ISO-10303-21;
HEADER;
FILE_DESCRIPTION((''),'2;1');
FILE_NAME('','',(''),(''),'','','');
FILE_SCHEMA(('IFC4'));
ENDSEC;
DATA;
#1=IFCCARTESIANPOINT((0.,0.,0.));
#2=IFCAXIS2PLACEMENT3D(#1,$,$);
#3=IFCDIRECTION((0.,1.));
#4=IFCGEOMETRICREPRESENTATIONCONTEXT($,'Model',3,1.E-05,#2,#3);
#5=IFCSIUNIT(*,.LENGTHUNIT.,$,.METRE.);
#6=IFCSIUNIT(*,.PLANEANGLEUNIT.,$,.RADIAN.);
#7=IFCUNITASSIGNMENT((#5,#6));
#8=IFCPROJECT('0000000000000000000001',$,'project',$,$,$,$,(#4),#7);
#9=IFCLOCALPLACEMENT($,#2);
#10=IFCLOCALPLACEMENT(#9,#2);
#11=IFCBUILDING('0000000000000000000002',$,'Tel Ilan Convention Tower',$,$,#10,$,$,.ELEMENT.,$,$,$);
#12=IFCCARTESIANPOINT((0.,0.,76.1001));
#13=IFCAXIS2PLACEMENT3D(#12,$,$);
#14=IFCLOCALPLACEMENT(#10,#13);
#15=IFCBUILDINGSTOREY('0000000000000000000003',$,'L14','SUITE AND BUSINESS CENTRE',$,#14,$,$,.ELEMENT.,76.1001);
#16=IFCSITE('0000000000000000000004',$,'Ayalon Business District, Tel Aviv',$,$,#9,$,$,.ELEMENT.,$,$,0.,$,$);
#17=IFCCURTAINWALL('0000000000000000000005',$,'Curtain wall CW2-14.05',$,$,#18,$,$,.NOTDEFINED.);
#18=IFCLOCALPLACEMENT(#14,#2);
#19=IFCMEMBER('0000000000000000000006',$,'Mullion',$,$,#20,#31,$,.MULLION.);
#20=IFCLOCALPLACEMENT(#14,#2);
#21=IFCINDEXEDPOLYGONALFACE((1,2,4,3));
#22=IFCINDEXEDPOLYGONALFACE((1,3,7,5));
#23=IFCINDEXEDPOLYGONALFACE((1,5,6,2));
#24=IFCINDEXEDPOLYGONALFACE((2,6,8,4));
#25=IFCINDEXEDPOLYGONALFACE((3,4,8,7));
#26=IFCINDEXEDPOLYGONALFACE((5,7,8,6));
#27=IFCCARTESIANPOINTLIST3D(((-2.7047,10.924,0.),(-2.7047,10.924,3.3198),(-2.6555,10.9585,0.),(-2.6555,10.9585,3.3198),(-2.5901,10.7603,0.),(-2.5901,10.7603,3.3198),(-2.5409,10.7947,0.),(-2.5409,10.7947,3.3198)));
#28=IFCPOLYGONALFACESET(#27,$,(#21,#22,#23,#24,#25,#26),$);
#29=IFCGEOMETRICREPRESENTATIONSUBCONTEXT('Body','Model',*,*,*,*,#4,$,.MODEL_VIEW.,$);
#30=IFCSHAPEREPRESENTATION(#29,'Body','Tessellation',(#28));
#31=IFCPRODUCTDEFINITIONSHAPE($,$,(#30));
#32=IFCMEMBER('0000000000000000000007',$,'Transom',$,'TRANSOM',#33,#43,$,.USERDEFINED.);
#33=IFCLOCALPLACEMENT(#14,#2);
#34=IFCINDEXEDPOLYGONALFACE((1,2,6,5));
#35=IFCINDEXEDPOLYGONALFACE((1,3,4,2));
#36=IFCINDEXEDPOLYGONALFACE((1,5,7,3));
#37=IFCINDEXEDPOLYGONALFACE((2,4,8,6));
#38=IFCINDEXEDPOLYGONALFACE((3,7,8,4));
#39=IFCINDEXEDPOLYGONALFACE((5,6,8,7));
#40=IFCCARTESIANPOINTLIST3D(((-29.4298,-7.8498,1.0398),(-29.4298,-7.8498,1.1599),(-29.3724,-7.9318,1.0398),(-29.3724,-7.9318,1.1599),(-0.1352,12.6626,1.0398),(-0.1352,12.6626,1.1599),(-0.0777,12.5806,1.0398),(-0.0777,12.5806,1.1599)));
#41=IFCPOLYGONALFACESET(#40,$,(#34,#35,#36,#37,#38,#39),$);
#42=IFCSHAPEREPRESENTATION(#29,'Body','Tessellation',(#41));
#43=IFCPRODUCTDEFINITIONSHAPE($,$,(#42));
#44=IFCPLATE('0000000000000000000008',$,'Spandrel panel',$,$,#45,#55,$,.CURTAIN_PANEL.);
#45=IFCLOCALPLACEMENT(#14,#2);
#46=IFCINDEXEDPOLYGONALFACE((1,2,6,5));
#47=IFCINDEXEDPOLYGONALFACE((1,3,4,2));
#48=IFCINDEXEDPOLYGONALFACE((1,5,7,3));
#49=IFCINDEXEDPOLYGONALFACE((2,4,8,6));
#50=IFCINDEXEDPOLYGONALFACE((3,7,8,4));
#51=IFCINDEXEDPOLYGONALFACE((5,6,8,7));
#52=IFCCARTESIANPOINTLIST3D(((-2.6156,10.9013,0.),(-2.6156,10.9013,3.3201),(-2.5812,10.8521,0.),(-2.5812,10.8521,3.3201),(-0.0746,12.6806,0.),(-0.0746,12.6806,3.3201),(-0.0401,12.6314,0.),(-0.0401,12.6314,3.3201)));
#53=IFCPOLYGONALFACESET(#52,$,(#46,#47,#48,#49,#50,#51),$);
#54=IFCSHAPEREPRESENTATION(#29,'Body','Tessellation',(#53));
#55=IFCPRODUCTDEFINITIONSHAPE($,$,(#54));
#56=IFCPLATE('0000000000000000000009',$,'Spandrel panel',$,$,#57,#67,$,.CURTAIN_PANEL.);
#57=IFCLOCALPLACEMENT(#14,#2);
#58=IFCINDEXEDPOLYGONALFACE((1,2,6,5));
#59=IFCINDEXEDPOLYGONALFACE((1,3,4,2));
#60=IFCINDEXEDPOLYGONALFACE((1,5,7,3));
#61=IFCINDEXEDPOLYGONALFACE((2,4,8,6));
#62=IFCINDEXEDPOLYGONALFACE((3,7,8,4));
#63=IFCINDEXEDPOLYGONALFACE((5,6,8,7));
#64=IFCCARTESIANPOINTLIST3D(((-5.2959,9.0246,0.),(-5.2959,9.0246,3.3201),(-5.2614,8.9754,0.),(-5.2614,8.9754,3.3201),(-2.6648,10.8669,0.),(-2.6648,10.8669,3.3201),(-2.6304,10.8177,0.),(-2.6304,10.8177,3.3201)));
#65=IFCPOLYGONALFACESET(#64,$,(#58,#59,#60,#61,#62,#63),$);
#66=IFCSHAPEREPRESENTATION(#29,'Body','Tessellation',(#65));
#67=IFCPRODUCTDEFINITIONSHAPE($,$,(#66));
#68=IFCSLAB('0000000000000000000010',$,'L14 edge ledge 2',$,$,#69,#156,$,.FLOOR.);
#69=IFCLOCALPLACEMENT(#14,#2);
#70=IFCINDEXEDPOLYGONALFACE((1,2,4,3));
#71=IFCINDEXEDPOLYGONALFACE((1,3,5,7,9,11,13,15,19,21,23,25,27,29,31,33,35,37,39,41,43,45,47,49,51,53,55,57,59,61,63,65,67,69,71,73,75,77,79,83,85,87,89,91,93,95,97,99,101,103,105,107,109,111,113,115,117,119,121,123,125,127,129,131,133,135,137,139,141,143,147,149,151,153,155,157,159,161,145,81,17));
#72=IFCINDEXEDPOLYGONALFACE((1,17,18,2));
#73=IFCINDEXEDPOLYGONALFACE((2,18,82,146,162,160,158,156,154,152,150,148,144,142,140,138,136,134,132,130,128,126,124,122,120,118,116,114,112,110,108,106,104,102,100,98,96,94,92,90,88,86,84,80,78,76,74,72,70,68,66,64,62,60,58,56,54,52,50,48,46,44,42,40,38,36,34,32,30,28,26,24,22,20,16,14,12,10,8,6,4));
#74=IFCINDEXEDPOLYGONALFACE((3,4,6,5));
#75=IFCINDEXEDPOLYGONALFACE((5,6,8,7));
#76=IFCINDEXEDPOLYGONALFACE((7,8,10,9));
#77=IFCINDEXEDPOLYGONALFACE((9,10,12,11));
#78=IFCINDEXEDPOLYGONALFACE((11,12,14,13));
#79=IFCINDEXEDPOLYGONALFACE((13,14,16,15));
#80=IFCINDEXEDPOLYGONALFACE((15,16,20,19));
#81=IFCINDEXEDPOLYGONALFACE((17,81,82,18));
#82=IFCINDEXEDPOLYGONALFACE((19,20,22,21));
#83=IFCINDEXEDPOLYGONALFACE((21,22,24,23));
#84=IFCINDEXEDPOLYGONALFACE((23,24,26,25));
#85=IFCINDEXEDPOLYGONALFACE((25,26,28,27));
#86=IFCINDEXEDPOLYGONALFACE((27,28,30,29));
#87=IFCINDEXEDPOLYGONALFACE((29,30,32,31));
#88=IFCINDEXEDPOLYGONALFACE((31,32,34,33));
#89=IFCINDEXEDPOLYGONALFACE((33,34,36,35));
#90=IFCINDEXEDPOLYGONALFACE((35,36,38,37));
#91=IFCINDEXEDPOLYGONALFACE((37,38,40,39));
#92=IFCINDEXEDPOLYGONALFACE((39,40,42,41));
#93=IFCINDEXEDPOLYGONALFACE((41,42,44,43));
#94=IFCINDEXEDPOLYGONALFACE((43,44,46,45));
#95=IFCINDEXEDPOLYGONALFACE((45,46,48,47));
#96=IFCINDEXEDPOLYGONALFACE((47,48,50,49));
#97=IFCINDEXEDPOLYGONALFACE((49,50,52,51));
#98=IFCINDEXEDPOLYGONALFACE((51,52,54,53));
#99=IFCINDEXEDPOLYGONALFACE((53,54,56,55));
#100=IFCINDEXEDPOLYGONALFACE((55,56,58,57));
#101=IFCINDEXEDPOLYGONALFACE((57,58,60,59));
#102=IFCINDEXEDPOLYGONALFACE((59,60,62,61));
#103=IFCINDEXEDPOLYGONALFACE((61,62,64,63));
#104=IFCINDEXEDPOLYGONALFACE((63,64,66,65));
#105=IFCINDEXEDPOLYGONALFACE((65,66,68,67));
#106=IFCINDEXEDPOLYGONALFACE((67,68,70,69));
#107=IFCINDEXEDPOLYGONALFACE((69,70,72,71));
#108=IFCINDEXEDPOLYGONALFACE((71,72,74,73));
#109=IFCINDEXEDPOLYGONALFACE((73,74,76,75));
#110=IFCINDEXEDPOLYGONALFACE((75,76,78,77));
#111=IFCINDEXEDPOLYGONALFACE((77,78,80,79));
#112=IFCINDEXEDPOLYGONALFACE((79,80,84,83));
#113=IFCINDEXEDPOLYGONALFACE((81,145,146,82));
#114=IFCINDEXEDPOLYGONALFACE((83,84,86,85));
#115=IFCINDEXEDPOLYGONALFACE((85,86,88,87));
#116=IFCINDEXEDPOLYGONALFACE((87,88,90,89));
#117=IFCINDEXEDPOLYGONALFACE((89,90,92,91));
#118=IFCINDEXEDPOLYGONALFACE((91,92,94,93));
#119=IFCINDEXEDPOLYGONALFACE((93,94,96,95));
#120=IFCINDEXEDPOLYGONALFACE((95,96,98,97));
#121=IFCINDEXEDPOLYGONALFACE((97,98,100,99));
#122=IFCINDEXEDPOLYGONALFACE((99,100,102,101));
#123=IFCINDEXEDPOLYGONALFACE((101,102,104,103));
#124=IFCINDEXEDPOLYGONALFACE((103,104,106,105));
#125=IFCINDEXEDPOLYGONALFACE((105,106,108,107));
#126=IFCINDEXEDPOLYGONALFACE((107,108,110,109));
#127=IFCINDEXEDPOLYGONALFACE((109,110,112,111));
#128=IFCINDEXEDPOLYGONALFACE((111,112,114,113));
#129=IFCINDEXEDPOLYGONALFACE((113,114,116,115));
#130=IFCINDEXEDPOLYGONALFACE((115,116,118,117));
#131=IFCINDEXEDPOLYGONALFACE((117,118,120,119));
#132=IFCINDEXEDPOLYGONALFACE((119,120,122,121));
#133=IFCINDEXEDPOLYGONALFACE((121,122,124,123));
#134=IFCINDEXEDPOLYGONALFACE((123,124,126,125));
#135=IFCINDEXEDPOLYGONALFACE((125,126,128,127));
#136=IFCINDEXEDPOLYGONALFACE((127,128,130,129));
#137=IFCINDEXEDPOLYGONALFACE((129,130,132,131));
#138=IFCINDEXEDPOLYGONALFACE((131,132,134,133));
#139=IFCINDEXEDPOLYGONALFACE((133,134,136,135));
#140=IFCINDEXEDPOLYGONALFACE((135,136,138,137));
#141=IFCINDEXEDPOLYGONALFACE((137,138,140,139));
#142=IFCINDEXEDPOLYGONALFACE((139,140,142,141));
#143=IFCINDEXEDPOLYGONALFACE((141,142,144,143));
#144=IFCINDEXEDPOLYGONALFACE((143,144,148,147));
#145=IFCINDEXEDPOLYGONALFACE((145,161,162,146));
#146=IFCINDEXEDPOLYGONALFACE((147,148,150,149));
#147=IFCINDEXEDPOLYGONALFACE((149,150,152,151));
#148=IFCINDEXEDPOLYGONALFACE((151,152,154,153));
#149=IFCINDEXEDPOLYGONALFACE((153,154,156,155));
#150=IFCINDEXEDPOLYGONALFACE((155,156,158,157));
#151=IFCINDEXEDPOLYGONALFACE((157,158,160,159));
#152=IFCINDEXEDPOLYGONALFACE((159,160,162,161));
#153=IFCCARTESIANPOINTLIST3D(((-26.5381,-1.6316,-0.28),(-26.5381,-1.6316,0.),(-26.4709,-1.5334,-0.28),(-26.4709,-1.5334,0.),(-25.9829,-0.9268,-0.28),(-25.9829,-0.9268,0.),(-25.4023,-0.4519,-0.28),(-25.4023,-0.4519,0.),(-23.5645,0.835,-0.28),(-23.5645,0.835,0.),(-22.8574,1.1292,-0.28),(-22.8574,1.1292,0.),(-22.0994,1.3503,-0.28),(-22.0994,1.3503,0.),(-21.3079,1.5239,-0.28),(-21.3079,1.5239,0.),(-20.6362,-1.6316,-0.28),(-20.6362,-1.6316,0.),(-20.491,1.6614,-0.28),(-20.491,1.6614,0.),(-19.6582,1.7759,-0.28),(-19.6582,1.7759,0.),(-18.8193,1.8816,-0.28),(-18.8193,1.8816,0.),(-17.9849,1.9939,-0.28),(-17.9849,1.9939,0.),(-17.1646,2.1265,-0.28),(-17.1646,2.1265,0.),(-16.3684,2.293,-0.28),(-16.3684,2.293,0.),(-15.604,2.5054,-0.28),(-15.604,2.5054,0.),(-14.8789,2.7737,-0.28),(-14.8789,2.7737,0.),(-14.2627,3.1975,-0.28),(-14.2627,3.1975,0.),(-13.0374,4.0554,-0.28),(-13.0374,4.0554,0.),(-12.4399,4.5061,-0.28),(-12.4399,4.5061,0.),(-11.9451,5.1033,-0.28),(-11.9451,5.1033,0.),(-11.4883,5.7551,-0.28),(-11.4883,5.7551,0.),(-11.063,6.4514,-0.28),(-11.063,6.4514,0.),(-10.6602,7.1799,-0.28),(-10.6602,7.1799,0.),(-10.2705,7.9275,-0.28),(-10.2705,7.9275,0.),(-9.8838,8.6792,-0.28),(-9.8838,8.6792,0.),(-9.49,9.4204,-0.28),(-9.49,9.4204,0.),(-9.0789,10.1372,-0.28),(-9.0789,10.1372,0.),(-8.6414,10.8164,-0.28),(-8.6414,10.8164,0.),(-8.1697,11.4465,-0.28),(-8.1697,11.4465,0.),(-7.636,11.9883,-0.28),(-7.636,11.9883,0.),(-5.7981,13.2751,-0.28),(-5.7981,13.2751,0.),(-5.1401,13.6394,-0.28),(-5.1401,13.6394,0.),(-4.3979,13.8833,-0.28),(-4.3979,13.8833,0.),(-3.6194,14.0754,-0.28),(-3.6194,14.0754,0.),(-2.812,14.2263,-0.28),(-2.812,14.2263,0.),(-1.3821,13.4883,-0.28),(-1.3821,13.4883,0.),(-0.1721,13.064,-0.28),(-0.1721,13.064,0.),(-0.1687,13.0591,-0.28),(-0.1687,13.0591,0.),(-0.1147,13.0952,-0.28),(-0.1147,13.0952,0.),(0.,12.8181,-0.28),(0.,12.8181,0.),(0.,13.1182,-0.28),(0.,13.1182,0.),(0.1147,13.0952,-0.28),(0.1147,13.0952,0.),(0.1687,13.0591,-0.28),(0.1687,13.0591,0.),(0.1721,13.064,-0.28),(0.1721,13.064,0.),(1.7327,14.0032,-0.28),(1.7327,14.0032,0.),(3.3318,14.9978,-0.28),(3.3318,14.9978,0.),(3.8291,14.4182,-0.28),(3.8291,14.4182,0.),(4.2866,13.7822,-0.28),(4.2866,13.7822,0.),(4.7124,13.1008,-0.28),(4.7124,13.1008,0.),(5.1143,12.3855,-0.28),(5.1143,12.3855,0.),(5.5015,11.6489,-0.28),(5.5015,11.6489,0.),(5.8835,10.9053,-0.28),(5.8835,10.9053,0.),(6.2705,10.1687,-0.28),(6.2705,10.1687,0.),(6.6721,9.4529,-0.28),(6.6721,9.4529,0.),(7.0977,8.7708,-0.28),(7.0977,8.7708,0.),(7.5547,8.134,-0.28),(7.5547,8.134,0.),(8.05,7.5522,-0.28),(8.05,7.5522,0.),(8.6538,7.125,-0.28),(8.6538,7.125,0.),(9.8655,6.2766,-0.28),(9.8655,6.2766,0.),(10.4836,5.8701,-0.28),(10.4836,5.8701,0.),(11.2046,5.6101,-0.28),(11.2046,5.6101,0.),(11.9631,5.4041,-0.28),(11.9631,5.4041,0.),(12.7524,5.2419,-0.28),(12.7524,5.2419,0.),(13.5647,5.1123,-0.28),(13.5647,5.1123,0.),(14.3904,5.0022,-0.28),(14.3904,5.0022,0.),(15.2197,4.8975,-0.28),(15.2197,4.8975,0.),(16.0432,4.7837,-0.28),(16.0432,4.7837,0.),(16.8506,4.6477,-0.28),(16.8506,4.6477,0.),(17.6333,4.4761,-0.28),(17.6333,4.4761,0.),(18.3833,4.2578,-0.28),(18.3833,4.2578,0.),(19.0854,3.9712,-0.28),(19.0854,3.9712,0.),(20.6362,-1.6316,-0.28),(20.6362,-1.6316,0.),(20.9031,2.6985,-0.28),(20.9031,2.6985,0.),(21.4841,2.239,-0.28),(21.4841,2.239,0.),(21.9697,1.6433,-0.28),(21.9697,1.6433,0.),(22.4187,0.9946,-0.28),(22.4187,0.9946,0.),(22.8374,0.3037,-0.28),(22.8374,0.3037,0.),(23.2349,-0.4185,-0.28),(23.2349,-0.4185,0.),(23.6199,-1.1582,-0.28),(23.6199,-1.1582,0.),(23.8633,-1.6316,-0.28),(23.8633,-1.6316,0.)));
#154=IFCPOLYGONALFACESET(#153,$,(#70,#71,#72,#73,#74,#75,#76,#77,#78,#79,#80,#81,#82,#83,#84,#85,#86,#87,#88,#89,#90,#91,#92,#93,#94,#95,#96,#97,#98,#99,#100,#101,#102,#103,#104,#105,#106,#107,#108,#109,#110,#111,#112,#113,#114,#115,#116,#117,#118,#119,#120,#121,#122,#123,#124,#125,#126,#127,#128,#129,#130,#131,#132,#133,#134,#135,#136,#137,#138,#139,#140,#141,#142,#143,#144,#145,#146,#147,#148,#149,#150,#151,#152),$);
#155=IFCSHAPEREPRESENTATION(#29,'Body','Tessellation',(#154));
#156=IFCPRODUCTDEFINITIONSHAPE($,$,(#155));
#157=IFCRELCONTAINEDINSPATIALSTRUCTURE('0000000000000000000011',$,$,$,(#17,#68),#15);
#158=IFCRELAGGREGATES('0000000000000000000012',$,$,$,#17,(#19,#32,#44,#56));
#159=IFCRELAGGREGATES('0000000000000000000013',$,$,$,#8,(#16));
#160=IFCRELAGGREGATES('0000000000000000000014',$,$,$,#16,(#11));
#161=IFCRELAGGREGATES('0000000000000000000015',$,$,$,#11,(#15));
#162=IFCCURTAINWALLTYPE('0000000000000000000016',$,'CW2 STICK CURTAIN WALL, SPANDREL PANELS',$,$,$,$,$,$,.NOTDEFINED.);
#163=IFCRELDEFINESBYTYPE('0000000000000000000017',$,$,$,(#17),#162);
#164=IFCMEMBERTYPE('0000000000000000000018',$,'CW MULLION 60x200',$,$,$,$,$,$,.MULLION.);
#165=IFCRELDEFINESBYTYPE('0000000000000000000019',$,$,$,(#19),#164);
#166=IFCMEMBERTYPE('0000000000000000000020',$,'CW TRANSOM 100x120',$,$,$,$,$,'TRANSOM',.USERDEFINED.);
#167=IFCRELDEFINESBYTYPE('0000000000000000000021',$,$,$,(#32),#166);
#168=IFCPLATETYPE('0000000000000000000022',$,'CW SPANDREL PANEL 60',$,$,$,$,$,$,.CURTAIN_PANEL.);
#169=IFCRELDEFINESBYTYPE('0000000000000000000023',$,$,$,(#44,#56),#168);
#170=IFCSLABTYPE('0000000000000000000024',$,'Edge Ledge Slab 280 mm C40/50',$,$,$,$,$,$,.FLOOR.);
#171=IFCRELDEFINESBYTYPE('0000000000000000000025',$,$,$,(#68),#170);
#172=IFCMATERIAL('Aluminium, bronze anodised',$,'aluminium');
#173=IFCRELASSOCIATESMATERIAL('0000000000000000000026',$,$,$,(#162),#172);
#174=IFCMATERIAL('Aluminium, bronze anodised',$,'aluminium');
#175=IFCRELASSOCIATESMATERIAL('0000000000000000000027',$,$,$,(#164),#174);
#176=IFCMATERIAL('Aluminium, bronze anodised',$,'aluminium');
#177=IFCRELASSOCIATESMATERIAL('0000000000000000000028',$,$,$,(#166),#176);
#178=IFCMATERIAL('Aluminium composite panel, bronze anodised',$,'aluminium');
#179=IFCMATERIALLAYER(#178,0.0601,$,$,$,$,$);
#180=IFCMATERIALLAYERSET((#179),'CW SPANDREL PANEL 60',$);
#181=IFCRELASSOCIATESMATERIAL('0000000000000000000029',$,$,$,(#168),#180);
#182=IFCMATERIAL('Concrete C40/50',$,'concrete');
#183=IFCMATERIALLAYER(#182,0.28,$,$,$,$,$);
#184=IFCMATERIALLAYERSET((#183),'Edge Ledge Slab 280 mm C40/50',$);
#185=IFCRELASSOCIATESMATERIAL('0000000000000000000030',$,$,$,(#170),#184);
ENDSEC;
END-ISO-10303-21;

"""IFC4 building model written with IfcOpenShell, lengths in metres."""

from ifc_helpers import new_model, si_unit, direction, frame, origin, origin_2d, place, context, subcontext, project, spatial, polyline, rectangle, outline, extrude, material, layer, layer_set, material_profile, profile_set, type_object, element, aggregate, save


model = new_model("IFC4")

# Units and contexts
model_context = context("Model", 3, precision=1e-05, world=origin(), true_north=direction((0.0, 1.0)))
body_context = subcontext(model_context, "Body", "Model", "MODEL_VIEW")
ifc_project = project(units=[si_unit("LENGTHUNIT", "METRE"), si_unit("PLANEANGLEUNIT", "RADIAN")], contexts=[model_context])

# Site, building, storey
site_placement = place(None, origin())
site = spatial("IfcSite", under=ifc_project, at=site_placement, Name="Ayalon Business District, Tel Aviv", CompositionType="ELEMENT", RefElevation=0.0)
building_placement = place(site_placement, origin())
building = spatial("IfcBuilding", under=site, at=building_placement, Name="Tel Ilan Convention Tower", CompositionType="ELEMENT")
storey_placement = place(building_placement, frame((0.0, 0.0, 76.1001)))
storey = spatial("IfcBuildingStorey", under=building, at=storey_placement, Name="L14", Description="SUITE AND BUSINESS CENTRE", CompositionType="ELEMENT", Elevation=76.1001)

# Curtain wall, members, plates
ifc_material_1 = material(Name="Aluminium, bronze anodised", Category="aluminium")
curtain_wall_type = type_object("IfcCurtainWallType", Name="CW2 STICK CURTAIN WALL, SPANDREL PANELS", PredefinedType="NOTDEFINED", material=ifc_material_1)
curtain_wall_placement = place(storey_placement, origin())
curtain_wall = element("IfcCurtainWall", 1, at=curtain_wall_placement, inside=storey, type_object=curtain_wall_type, Name="Curtain wall CW2-14.05", PredefinedType="NOTDEFINED")
ifc_material_2 = material(Name="Aluminium, bronze anodised", Category="aluminium")
ifc_material_profile_1 = material_profile(ifc_material_2, rectangle(XDim=0.0601, YDim=0.2, at=origin_2d()), Name="CW MULLION 60x200")
ifc_profile_set_1 = profile_set([ifc_material_profile_1], Name="Aluminium, bronze anodised")
member_type_1 = type_object("IfcMemberType", Name="CW MULLION 60x200", PredefinedType="MULLION", material=ifc_profile_set_1)
member_1_placement = place(storey_placement, frame((-2.6228, 10.8594, 0.0), z_axis=(0.0, 0.0, 1.0), x_axis=(-0.819152, -0.573576, 0.0)))
member_1 = element("IfcMember", 2, at=member_1_placement, type_object=member_type_1, Name="Mullion", PredefinedType="MULLION", context=body_context, shape_type="SweptSolid", body=[
    extrude(rectangle(XDim=0.0601, YDim=0.2, at=origin_2d()), origin(), (0.0, 0.0, 1.0), 3.3198),
])
ifc_material_3 = material(Name="Aluminium, bronze anodised", Category="aluminium")
ifc_material_profile_2 = material_profile(ifc_material_3, rectangle(XDim=0.1001, YDim=0.1201, at=origin_2d()), Name="CW TRANSOM 100x120")
ifc_profile_set_2 = profile_set([ifc_material_profile_2], Name="Aluminium, bronze anodised")
member_type_2 = type_object("IfcMemberType", Name="CW TRANSOM 100x120", ElementType="TRANSOM", PredefinedType="USERDEFINED", material=ifc_profile_set_2)
member_2_placement = place(storey_placement, frame((-0.1064, 12.6216, 1.0999), z_axis=(-0.819151, -0.573578, 0.0), x_axis=(0.573578, -0.819151, 0.0)))
member_2 = element("IfcMember", 3, at=member_2_placement, type_object=member_type_2, Name="Transom", ObjectType="TRANSOM", PredefinedType="USERDEFINED", context=body_context, shape_type="SweptSolid", body=[
    extrude(rectangle(XDim=0.1001, YDim=0.1201, at=origin_2d()), origin(), (0.0, 0.0, 1.0), 35.7622),
])
ifc_material_4 = material(Name="Aluminium composite panel, bronze anodised", Category="aluminium")
ifc_layer_1 = layer(ifc_material_4, 0.0601)
ifc_layer_set_1 = layer_set([ifc_layer_1], Name="CW SPANDREL PANEL 60")
plate_type = type_object("IfcPlateType", Name="CW SPANDREL PANEL 60", PredefinedType="CURTAIN_PANEL", material=ifc_layer_set_1)
plate_1_placement = place(storey_placement, frame((-1.3279, 11.7664, 0.0), z_axis=(0.0, 0.0, 1.0), x_axis=(-0.819152, -0.573576, 0.0)))
plate_1 = element("IfcPlate", 4, at=plate_1_placement, type_object=plate_type, Name="Spandrel panel", PredefinedType="CURTAIN_PANEL", context=body_context, shape_type="SweptSolid", body=[
    extrude(rectangle(XDim=3.1021, YDim=0.0601, at=origin_2d()), origin(), (0.0, 0.0, 1.0), 3.3201),
])
plate_2_placement = place(storey_placement, frame((-3.9631, 9.9211, 0.0), z_axis=(0.0, 0.0, 1.0), x_axis=(-0.819152, -0.573576, 0.0)))
plate_2 = element("IfcPlate", 5, at=plate_2_placement, type_object=plate_type, Name="Spandrel panel", PredefinedType="CURTAIN_PANEL", context=body_context, shape_type="SweptSolid", body=[
    extrude(rectangle(XDim=3.2119, YDim=0.0601, at=origin_2d()), origin(), (0.0, 0.0, 1.0), 3.3201),
])
aggregate(curtain_wall, [member_1, member_2, plate_1, plate_2])

# Slab
ifc_material_5 = material(Name="Concrete C40/50", Category="concrete")
ifc_layer_2 = layer(ifc_material_5, 0.28)
ifc_layer_set_2 = layer_set([ifc_layer_2], Name="Edge Ledge Slab 280 mm C40/50")
slab_type_1 = type_object("IfcSlabType", Name="Edge Ledge Slab 280 mm C40/50", PredefinedType="FLOOR", material=ifc_layer_set_2)
slab_1_placement = place(storey_placement, frame((0.0, 0.0, -0.28)))
element("IfcSlab", 6, at=slab_1_placement, inside=storey, type_object=slab_type_1, Name="L14 edge ledge 2", PredefinedType="FLOOR", context=body_context, shape_type="SweptSolid", body=[
    extrude(outline(polyline([(-21.3079, 1.5239), (-20.491, 1.6614), (-19.6582, 1.7759), (-18.8193, 1.8816), (-17.9849, 1.9939), (-17.1646, 2.1265), (-16.3684, 2.293), (-15.604, 2.5054), (-14.8789, 2.7737), (-14.2627, 3.1975), (-13.0374, 4.0554), (-12.4399, 4.5061), (-11.9451, 5.1033), (-11.4883, 5.7551), (-11.063, 6.4514), (-10.6602, 7.1799), (-10.2705, 7.9275), (-9.8838, 8.6792), (-9.49, 9.4204), (-9.0789, 10.1372), (-8.6414, 10.8164), (-8.1697, 11.4465), (-7.636, 11.9883), (-5.7981, 13.2751), (-5.1401, 13.6394), (-4.3979, 13.8833), (-3.6194, 14.0754), (-2.812, 14.2263), (-1.3821, 13.4883), (-0.1721, 13.064), (-0.1687, 13.0591), (-0.1147, 13.0952), (0.0, 13.1182), (0.1147, 13.0952), (0.1687, 13.0591), (0.1721, 13.064), (1.7327, 14.0032), (3.3318, 14.9978), (3.8291, 14.4182), (4.2866, 13.7822), (4.7124, 13.1008), (5.1143, 12.3855), (5.5015, 11.6489), (5.8835, 10.9053), (6.2705, 10.1687), (6.6721, 9.4529), (7.0977, 8.7708), (7.5547, 8.134), (8.05, 7.5522), (8.6538, 7.125), (9.8655, 6.2766), (10.4836, 5.8701), (11.2046, 5.6101), (11.9631, 5.4041), (12.7524, 5.2419), (13.5647, 5.1123), (14.3904, 5.0022), (15.2197, 4.8975), (16.0432, 4.7837), (16.8506, 4.6477), (17.6333, 4.4761), (18.3833, 4.2578), (19.0854, 3.9712), (20.9031, 2.6985), (21.4841, 2.239), (21.9697, 1.6433), (22.4187, 0.9946), (22.8374, 0.3037), (23.2349, -0.4185), (23.6199, -1.1582), (23.8633, -1.6316), (20.6362, -1.6316), (0.0, 12.8181), (-20.6362, -1.6316), (-26.5381, -1.6316), (-26.4709, -1.5334), (-25.9829, -0.9268), (-25.4023, -0.4519), (-23.5645, 0.835), (-22.8574, 1.1292), (-22.0994, 1.3503), (-21.3079, 1.5239)])), origin(), (0.0, 0.0, 1.0), 0.28),
])

save(model, "model.ifc")
